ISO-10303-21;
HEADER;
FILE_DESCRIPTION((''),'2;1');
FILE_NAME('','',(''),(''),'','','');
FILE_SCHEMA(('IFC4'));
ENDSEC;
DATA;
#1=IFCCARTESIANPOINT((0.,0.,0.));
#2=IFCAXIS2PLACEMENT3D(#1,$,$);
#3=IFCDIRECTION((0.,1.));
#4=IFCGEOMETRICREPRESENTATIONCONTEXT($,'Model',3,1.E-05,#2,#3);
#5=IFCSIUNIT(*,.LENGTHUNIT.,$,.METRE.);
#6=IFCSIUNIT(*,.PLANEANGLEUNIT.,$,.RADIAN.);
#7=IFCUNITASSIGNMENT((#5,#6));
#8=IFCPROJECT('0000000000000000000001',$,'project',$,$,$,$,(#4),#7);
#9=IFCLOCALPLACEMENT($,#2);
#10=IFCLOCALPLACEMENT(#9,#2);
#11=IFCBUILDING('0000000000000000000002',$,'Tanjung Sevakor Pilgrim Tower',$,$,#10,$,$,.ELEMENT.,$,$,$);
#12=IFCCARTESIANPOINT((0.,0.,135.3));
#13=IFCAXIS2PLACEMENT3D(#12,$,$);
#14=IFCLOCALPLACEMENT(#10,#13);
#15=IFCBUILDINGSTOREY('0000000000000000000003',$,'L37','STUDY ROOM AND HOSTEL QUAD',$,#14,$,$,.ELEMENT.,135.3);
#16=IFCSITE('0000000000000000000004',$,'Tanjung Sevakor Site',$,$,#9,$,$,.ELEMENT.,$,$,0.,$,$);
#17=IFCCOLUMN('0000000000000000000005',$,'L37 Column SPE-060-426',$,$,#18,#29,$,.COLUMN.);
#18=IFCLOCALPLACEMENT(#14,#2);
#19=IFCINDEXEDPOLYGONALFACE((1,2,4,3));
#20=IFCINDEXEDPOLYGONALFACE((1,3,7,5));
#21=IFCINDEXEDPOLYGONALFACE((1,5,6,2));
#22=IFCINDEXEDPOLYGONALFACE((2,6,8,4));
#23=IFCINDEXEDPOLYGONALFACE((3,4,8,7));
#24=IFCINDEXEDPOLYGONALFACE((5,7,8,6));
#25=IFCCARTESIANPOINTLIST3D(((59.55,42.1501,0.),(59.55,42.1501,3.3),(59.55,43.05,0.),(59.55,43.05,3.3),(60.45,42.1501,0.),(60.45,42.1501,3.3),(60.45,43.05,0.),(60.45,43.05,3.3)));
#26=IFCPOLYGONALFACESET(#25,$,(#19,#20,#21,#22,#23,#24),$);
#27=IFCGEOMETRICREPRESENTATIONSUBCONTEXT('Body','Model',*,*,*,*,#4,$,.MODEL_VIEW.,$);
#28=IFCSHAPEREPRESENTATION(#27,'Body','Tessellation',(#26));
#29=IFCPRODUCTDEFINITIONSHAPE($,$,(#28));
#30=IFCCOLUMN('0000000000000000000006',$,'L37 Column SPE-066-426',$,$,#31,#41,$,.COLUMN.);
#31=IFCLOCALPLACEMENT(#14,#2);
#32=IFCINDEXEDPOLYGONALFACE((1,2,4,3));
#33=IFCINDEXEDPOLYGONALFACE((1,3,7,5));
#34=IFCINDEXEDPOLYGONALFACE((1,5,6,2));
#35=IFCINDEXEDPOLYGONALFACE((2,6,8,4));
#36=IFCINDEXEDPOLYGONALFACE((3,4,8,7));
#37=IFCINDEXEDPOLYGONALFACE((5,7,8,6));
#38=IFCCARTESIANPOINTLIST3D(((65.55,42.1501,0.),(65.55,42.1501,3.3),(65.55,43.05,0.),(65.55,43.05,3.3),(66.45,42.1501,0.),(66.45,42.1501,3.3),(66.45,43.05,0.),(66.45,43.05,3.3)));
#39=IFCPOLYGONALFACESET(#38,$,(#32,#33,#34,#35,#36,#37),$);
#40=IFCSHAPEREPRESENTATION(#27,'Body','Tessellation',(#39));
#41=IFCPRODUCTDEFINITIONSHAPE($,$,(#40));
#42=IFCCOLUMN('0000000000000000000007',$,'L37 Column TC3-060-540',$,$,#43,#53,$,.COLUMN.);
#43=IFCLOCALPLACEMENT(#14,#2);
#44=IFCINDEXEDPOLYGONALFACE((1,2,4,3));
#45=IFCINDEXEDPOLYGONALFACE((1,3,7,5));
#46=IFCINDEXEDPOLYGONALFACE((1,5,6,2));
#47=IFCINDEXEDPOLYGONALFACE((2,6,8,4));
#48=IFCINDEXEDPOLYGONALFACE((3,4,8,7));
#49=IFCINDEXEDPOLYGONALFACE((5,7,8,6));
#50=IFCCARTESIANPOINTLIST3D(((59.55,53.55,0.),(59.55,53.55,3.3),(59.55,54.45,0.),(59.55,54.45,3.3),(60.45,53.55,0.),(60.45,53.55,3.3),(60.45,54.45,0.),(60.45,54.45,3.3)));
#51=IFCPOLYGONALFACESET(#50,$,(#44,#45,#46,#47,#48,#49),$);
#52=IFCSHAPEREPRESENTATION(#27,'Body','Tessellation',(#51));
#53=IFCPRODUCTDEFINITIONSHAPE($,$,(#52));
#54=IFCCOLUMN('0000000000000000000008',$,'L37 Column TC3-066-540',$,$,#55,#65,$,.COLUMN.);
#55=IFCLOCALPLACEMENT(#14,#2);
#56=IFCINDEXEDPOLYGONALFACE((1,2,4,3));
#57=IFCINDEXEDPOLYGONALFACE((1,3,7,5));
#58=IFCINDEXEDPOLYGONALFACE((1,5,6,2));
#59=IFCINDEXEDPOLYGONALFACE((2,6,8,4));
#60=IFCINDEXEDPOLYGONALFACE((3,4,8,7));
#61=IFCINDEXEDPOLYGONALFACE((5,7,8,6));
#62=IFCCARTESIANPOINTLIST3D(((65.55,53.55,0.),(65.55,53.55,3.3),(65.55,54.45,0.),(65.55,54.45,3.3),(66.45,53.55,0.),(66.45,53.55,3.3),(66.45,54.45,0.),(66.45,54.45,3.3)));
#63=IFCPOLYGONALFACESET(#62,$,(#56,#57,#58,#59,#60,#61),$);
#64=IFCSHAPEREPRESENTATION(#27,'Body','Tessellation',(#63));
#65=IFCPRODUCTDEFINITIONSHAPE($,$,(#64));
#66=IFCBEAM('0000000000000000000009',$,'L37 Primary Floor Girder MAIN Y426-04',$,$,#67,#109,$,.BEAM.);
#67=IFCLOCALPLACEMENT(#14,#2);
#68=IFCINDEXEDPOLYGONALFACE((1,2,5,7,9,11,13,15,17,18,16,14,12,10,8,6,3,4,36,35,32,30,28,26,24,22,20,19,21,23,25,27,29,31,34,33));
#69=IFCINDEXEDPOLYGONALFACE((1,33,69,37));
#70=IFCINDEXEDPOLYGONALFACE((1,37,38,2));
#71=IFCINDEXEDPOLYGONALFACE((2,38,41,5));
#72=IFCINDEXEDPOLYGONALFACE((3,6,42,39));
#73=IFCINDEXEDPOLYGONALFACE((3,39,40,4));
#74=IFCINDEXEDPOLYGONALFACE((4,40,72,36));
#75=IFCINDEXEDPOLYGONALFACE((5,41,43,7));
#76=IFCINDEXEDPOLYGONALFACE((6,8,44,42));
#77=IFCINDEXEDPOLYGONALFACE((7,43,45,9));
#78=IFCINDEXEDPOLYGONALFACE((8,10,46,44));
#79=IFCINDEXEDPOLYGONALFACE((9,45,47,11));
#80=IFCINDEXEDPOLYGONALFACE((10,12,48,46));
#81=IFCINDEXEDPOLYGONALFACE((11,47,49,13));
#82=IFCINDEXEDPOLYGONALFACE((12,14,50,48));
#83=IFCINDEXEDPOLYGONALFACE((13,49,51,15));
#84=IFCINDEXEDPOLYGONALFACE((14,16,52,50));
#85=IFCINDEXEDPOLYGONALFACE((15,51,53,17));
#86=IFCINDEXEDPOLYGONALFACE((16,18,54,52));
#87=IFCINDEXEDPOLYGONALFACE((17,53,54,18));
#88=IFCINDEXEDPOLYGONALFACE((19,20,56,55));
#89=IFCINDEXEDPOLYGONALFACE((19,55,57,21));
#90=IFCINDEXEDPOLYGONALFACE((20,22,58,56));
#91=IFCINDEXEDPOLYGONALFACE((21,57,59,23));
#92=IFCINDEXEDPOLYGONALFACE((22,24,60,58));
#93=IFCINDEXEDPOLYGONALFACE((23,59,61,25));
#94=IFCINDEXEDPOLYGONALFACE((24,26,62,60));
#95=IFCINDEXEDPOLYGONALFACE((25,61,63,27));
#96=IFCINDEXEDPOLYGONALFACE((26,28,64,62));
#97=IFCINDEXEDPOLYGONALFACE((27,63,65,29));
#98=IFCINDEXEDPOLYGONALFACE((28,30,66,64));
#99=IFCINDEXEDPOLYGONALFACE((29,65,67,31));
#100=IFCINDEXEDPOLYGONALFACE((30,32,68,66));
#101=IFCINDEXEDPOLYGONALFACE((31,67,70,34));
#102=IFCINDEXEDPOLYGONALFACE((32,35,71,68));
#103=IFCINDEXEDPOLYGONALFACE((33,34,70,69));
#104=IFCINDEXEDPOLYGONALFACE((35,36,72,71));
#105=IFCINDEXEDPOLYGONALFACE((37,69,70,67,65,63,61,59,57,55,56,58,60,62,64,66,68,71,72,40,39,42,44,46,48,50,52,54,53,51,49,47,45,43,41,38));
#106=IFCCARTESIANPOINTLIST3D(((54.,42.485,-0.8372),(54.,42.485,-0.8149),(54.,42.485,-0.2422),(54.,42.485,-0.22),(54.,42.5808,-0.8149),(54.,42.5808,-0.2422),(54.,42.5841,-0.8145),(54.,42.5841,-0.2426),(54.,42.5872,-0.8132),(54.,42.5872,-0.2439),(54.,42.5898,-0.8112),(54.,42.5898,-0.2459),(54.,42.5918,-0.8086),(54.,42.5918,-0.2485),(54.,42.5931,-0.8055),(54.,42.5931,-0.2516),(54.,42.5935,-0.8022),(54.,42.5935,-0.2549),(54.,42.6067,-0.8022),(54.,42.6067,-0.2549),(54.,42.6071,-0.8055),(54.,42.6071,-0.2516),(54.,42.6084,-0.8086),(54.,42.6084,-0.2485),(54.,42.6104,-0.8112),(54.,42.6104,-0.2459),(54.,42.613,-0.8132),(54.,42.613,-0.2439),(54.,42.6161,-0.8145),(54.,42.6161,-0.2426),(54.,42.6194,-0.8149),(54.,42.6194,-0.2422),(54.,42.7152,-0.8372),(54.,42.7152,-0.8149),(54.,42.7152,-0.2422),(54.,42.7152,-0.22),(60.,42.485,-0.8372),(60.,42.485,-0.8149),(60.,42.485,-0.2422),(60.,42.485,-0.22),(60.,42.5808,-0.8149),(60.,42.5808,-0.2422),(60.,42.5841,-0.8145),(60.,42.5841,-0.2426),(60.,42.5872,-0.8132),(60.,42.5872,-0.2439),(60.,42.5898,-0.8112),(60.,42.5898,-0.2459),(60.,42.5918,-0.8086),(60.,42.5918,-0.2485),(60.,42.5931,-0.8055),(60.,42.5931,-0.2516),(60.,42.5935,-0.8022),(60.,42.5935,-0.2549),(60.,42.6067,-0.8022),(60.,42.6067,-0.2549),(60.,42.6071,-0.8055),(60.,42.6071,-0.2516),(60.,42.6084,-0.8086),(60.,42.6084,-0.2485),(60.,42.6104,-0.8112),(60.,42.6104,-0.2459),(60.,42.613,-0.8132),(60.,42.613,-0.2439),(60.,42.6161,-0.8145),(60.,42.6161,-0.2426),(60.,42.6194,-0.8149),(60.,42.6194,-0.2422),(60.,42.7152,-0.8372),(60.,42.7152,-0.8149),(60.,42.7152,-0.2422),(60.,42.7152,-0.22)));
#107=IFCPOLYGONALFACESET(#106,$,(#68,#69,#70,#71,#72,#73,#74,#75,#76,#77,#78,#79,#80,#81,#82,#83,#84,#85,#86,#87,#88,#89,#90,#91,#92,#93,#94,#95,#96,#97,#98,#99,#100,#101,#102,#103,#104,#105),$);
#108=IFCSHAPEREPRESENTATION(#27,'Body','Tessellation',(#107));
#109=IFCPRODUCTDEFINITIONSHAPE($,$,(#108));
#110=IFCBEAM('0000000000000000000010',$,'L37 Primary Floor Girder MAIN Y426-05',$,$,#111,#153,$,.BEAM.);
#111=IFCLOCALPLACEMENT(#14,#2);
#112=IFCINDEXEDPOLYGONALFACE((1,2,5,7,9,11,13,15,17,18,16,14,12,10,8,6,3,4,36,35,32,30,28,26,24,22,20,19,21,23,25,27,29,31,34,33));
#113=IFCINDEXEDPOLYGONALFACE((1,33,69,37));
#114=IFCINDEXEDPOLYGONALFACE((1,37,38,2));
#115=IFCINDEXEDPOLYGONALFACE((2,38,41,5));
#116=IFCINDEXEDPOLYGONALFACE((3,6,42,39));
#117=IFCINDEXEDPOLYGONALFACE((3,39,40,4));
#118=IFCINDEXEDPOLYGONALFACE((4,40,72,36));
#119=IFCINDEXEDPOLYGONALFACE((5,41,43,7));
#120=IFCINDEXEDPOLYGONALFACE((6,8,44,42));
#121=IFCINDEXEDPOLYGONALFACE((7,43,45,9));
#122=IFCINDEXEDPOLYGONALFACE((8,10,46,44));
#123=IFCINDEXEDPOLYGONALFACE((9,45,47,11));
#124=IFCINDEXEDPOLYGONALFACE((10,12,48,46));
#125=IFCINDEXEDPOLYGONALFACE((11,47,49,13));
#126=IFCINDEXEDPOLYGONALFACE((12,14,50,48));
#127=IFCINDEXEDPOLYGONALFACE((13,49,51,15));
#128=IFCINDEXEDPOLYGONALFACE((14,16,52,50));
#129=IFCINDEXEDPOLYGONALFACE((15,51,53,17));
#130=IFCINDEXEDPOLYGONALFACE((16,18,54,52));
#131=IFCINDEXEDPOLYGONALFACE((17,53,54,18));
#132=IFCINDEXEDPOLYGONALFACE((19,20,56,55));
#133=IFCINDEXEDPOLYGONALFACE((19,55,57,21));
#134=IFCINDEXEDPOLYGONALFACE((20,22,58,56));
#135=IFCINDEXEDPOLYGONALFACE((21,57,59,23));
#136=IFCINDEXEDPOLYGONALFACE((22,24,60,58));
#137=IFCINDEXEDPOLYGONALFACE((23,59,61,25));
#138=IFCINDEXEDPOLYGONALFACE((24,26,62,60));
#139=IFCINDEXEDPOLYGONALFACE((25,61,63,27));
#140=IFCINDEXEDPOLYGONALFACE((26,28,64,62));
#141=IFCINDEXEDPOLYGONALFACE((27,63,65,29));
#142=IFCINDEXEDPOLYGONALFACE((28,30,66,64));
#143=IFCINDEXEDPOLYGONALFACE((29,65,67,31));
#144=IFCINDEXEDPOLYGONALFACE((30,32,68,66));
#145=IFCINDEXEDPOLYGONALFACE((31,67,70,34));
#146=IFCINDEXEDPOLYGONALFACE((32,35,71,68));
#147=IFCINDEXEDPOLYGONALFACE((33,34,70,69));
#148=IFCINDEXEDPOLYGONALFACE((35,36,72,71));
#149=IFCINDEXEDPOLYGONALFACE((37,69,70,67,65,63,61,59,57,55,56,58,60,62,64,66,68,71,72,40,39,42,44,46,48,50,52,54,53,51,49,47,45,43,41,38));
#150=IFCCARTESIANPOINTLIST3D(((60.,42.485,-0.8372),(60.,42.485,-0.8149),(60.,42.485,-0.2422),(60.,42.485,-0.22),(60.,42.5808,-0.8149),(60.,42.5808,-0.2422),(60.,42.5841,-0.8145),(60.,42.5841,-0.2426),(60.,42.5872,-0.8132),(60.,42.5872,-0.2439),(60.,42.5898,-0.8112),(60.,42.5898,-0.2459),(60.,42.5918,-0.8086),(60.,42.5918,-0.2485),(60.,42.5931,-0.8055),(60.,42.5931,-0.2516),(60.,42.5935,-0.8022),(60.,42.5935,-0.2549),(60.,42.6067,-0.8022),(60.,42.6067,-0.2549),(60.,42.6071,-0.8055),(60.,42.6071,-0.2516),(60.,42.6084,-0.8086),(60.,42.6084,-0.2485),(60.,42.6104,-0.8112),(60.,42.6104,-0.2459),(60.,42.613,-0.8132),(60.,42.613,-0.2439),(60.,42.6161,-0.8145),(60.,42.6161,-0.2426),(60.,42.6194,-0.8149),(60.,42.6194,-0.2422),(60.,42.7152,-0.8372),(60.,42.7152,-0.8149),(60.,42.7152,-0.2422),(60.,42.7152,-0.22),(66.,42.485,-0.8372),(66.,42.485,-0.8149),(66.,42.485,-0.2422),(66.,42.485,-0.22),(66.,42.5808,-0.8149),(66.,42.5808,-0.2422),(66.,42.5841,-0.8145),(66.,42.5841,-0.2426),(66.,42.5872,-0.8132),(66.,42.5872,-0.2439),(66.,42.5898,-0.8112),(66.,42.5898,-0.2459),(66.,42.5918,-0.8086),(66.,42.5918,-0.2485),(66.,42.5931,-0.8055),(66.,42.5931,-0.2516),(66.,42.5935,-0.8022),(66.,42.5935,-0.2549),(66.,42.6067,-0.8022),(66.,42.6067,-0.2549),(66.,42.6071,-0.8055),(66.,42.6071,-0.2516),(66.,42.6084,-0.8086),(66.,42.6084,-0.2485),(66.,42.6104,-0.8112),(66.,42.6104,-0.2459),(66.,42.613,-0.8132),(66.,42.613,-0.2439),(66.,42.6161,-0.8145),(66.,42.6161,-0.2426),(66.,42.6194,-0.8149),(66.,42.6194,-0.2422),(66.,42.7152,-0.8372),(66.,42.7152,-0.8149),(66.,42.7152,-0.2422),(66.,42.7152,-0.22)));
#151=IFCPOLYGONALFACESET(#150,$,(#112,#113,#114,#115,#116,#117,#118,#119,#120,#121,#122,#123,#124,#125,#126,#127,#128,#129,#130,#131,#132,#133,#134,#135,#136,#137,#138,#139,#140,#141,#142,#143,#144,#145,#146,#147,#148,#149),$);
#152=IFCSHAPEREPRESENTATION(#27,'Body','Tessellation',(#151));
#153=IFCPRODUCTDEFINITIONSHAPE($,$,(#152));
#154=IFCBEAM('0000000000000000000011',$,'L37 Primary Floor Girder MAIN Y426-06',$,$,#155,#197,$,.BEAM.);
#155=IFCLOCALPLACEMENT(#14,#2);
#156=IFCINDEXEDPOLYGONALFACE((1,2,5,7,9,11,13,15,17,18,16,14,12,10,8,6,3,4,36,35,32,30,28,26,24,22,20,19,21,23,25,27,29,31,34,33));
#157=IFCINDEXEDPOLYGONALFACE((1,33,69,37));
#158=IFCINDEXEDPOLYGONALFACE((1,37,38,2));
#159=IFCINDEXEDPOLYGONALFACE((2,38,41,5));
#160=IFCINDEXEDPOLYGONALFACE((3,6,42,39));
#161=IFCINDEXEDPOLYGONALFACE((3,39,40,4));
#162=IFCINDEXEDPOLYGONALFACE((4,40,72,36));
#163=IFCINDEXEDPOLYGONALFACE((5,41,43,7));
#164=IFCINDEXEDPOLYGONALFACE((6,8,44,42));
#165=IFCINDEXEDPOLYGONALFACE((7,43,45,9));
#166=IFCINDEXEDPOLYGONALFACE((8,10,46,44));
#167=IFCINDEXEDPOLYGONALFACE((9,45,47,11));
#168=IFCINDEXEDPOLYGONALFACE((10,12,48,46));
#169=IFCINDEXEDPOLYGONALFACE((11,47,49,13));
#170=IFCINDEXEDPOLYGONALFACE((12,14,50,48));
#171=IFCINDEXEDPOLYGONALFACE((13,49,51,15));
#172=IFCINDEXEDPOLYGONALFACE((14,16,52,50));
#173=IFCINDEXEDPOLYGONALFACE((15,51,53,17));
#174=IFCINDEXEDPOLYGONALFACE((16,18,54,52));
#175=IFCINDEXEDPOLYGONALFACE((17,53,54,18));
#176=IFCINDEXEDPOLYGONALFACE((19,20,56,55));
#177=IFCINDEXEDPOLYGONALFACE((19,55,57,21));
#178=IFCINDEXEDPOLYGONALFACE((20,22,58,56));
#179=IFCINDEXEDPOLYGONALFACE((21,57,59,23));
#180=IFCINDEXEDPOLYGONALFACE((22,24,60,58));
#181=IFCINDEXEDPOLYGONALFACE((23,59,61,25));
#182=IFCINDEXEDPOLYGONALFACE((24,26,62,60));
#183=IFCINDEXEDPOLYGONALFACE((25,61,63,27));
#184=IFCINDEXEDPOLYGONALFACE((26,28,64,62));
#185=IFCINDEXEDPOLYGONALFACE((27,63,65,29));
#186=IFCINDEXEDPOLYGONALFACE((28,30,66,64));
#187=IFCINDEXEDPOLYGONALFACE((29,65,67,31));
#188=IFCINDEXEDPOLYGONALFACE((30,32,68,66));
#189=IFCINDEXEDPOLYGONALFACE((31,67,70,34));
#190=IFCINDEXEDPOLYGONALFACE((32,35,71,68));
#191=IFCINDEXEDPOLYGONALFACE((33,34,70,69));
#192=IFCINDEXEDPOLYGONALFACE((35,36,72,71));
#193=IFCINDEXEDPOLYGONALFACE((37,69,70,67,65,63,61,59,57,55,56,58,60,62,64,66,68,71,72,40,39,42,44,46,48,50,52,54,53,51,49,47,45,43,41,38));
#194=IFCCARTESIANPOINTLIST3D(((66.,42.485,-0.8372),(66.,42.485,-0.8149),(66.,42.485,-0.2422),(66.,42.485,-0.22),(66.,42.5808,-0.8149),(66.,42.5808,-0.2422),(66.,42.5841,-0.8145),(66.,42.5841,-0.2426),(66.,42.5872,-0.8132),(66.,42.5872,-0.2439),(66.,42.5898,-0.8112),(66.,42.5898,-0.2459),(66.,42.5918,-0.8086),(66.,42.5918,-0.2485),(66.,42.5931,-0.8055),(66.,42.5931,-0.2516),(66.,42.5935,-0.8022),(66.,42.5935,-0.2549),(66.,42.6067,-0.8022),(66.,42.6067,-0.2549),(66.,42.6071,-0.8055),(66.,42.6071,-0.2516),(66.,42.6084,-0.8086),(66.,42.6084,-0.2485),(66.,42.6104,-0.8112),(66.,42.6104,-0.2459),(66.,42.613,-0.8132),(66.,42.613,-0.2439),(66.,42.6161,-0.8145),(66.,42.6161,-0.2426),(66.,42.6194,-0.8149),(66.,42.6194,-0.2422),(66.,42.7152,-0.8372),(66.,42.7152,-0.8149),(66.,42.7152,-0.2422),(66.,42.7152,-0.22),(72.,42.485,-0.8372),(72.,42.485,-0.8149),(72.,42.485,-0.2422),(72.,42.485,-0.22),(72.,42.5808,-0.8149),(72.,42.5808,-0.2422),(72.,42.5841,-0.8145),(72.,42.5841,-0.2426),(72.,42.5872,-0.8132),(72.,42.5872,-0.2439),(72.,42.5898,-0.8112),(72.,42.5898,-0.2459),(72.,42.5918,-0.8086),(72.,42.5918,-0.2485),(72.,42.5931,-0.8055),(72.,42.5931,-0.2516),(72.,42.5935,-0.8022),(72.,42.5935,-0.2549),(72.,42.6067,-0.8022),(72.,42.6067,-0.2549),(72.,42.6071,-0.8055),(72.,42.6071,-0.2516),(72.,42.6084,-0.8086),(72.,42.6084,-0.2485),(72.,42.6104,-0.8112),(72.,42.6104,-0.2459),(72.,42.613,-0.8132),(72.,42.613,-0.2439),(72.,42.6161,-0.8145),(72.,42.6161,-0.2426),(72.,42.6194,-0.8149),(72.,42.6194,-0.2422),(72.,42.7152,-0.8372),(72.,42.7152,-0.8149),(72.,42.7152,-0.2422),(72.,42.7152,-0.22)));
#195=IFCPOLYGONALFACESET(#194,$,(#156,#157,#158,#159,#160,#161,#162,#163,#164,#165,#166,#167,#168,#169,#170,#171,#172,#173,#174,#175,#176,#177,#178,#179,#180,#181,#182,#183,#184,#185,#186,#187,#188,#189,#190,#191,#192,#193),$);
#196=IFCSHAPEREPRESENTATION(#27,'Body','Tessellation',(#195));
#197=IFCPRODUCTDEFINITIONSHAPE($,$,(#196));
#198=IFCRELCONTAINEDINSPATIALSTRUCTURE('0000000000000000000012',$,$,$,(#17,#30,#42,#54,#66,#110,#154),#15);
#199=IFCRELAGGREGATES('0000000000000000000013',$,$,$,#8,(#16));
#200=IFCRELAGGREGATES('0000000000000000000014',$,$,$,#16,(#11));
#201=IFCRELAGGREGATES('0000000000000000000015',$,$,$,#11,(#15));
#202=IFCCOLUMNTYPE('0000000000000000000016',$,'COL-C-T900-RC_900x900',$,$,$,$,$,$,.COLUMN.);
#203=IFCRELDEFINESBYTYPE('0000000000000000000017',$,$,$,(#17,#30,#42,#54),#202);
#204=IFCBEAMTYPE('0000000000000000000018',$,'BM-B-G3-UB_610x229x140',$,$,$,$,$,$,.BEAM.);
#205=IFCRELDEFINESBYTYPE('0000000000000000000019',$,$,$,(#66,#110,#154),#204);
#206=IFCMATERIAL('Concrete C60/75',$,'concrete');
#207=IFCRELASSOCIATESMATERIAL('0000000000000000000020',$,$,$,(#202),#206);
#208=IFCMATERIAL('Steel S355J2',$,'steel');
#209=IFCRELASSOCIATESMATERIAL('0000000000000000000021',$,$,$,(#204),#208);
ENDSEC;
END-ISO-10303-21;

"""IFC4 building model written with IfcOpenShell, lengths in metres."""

from ifc_helpers import new_model, si_unit, direction, frame, origin, origin_2d, place, context, subcontext, project, spatial, rectangle, i_section, extrude, material, material_profile, profile_set, type_object, element, save


model = new_model("IFC4")

# Units and contexts
model_context = context("Model", 3, precision=1e-05, world=origin(), true_north=direction((0.0, 1.0)))
body_context = subcontext(model_context, "Body", "Model", "MODEL_VIEW")
ifc_project = project(units=[si_unit("LENGTHUNIT", "METRE"), si_unit("PLANEANGLEUNIT", "RADIAN")], contexts=[model_context])

# Site, building, storey
site_placement = place(None, origin())
site = spatial("IfcSite", under=ifc_project, at=site_placement, Name="Tanjung Sevakor Site", CompositionType="ELEMENT", RefElevation=0.0)
building_placement = place(site_placement, origin())
building = spatial("IfcBuilding", under=site, at=building_placement, Name="Tanjung Sevakor Pilgrim Tower", CompositionType="ELEMENT")
storey_placement = place(building_placement, frame((0.0, 0.0, 135.3)))
storey = spatial("IfcBuildingStorey", under=building, at=storey_placement, Name="L37", Description="STUDY ROOM AND HOSTEL QUAD", CompositionType="ELEMENT", Elevation=135.3)

# Columns
ifc_material_1 = material(Name="Concrete C60/75", Category="concrete")
ifc_material_profile_1 = material_profile(ifc_material_1, rectangle(XDim=0.8999, YDim=0.8999, at=origin_2d()))
ifc_profile_set_1 = profile_set([ifc_material_profile_1], Name="Concrete C60/75")
column_type = type_object("IfcColumnType", Name="COL-C-T900-RC_900x900", PredefinedType="COLUMN", material=ifc_profile_set_1)
for number, where, z_axis, x_axis, name in (
    (1, (60.0, 42.6001, 0.0), (0.0, 0.0, 1.0), (1.0, 0.0, 0.0), "L37 Column SPE-060-426"),
    (2, (66.0, 42.6001, 0.0), (0.0, 0.0, 1.0), (1.0, 0.0, 0.0), "L37 Column SPE-066-426"),
    (3, (60.0, 54.0, 0.0), (0.0, 0.0, 1.0), (1.0, 0.0, 0.0), "L37 Column TC3-060-540"),
    (4, (66.0, 54.0, 0.0), (0.0, 0.0, 1.0), (1.0, 0.0, 0.0), "L37 Column TC3-066-540"),
):
    element("IfcColumn", number, at=place(storey_placement, frame(where, z_axis=z_axis, x_axis=x_axis)), inside=storey, type_object=column_type, Name=name, PredefinedType="COLUMN", context=body_context, shape_type="SweptSolid", body=[
        extrude(rectangle(XDim=0.8999, YDim=0.8999, at=origin_2d()), origin(), (0.0, 0.0, 1.0), 3.3),
    ])

# Beams
ifc_material_2 = material(Name="Steel S355J2", Category="steel")
ifc_material_profile_2 = material_profile(ifc_material_2, i_section(OverallWidth=0.2302, OverallDepth=0.6172, WebThickness=0.0132, FlangeThickness=0.0222, FilletRadius=0.0127, at=origin_2d()))
ifc_profile_set_2 = profile_set([ifc_material_profile_2], Name="Steel S355J2")
beam_type_1 = type_object("IfcBeamType", Name="BM-B-G3-UB_610x229x140", PredefinedType="BEAM", material=ifc_profile_set_2)
for number, where, z_axis, x_axis, name in (
    (5, (54.0, 42.6001, -0.5286), (1.0, 0.0, 0.0), (0.0, 1.0, 0.0), "L37 Primary Floor Girder MAIN Y426-04"),
    (6, (60.0, 42.6001, -0.5286), (1.0, 0.0, 0.0), (0.0, 1.0, 0.0), "L37 Primary Floor Girder MAIN Y426-05"),
    (7, (66.0, 42.6001, -0.5286), (1.0, 0.0, 0.0), (0.0, 1.0, 0.0), "L37 Primary Floor Girder MAIN Y426-06"),
):
    element("IfcBeam", number, at=place(storey_placement, frame(where, z_axis=z_axis, x_axis=x_axis)), inside=storey, type_object=beam_type_1, Name=name, PredefinedType="BEAM", context=body_context, shape_type="SweptSolid", body=[
        extrude(i_section(OverallWidth=0.2302, OverallDepth=0.6172, WebThickness=0.0132, FlangeThickness=0.0222, FilletRadius=0.0127, at=origin_2d()), origin(), (0.0, 0.0, 1.0), 6.0),
    ])

save(model, "model.ifc")
